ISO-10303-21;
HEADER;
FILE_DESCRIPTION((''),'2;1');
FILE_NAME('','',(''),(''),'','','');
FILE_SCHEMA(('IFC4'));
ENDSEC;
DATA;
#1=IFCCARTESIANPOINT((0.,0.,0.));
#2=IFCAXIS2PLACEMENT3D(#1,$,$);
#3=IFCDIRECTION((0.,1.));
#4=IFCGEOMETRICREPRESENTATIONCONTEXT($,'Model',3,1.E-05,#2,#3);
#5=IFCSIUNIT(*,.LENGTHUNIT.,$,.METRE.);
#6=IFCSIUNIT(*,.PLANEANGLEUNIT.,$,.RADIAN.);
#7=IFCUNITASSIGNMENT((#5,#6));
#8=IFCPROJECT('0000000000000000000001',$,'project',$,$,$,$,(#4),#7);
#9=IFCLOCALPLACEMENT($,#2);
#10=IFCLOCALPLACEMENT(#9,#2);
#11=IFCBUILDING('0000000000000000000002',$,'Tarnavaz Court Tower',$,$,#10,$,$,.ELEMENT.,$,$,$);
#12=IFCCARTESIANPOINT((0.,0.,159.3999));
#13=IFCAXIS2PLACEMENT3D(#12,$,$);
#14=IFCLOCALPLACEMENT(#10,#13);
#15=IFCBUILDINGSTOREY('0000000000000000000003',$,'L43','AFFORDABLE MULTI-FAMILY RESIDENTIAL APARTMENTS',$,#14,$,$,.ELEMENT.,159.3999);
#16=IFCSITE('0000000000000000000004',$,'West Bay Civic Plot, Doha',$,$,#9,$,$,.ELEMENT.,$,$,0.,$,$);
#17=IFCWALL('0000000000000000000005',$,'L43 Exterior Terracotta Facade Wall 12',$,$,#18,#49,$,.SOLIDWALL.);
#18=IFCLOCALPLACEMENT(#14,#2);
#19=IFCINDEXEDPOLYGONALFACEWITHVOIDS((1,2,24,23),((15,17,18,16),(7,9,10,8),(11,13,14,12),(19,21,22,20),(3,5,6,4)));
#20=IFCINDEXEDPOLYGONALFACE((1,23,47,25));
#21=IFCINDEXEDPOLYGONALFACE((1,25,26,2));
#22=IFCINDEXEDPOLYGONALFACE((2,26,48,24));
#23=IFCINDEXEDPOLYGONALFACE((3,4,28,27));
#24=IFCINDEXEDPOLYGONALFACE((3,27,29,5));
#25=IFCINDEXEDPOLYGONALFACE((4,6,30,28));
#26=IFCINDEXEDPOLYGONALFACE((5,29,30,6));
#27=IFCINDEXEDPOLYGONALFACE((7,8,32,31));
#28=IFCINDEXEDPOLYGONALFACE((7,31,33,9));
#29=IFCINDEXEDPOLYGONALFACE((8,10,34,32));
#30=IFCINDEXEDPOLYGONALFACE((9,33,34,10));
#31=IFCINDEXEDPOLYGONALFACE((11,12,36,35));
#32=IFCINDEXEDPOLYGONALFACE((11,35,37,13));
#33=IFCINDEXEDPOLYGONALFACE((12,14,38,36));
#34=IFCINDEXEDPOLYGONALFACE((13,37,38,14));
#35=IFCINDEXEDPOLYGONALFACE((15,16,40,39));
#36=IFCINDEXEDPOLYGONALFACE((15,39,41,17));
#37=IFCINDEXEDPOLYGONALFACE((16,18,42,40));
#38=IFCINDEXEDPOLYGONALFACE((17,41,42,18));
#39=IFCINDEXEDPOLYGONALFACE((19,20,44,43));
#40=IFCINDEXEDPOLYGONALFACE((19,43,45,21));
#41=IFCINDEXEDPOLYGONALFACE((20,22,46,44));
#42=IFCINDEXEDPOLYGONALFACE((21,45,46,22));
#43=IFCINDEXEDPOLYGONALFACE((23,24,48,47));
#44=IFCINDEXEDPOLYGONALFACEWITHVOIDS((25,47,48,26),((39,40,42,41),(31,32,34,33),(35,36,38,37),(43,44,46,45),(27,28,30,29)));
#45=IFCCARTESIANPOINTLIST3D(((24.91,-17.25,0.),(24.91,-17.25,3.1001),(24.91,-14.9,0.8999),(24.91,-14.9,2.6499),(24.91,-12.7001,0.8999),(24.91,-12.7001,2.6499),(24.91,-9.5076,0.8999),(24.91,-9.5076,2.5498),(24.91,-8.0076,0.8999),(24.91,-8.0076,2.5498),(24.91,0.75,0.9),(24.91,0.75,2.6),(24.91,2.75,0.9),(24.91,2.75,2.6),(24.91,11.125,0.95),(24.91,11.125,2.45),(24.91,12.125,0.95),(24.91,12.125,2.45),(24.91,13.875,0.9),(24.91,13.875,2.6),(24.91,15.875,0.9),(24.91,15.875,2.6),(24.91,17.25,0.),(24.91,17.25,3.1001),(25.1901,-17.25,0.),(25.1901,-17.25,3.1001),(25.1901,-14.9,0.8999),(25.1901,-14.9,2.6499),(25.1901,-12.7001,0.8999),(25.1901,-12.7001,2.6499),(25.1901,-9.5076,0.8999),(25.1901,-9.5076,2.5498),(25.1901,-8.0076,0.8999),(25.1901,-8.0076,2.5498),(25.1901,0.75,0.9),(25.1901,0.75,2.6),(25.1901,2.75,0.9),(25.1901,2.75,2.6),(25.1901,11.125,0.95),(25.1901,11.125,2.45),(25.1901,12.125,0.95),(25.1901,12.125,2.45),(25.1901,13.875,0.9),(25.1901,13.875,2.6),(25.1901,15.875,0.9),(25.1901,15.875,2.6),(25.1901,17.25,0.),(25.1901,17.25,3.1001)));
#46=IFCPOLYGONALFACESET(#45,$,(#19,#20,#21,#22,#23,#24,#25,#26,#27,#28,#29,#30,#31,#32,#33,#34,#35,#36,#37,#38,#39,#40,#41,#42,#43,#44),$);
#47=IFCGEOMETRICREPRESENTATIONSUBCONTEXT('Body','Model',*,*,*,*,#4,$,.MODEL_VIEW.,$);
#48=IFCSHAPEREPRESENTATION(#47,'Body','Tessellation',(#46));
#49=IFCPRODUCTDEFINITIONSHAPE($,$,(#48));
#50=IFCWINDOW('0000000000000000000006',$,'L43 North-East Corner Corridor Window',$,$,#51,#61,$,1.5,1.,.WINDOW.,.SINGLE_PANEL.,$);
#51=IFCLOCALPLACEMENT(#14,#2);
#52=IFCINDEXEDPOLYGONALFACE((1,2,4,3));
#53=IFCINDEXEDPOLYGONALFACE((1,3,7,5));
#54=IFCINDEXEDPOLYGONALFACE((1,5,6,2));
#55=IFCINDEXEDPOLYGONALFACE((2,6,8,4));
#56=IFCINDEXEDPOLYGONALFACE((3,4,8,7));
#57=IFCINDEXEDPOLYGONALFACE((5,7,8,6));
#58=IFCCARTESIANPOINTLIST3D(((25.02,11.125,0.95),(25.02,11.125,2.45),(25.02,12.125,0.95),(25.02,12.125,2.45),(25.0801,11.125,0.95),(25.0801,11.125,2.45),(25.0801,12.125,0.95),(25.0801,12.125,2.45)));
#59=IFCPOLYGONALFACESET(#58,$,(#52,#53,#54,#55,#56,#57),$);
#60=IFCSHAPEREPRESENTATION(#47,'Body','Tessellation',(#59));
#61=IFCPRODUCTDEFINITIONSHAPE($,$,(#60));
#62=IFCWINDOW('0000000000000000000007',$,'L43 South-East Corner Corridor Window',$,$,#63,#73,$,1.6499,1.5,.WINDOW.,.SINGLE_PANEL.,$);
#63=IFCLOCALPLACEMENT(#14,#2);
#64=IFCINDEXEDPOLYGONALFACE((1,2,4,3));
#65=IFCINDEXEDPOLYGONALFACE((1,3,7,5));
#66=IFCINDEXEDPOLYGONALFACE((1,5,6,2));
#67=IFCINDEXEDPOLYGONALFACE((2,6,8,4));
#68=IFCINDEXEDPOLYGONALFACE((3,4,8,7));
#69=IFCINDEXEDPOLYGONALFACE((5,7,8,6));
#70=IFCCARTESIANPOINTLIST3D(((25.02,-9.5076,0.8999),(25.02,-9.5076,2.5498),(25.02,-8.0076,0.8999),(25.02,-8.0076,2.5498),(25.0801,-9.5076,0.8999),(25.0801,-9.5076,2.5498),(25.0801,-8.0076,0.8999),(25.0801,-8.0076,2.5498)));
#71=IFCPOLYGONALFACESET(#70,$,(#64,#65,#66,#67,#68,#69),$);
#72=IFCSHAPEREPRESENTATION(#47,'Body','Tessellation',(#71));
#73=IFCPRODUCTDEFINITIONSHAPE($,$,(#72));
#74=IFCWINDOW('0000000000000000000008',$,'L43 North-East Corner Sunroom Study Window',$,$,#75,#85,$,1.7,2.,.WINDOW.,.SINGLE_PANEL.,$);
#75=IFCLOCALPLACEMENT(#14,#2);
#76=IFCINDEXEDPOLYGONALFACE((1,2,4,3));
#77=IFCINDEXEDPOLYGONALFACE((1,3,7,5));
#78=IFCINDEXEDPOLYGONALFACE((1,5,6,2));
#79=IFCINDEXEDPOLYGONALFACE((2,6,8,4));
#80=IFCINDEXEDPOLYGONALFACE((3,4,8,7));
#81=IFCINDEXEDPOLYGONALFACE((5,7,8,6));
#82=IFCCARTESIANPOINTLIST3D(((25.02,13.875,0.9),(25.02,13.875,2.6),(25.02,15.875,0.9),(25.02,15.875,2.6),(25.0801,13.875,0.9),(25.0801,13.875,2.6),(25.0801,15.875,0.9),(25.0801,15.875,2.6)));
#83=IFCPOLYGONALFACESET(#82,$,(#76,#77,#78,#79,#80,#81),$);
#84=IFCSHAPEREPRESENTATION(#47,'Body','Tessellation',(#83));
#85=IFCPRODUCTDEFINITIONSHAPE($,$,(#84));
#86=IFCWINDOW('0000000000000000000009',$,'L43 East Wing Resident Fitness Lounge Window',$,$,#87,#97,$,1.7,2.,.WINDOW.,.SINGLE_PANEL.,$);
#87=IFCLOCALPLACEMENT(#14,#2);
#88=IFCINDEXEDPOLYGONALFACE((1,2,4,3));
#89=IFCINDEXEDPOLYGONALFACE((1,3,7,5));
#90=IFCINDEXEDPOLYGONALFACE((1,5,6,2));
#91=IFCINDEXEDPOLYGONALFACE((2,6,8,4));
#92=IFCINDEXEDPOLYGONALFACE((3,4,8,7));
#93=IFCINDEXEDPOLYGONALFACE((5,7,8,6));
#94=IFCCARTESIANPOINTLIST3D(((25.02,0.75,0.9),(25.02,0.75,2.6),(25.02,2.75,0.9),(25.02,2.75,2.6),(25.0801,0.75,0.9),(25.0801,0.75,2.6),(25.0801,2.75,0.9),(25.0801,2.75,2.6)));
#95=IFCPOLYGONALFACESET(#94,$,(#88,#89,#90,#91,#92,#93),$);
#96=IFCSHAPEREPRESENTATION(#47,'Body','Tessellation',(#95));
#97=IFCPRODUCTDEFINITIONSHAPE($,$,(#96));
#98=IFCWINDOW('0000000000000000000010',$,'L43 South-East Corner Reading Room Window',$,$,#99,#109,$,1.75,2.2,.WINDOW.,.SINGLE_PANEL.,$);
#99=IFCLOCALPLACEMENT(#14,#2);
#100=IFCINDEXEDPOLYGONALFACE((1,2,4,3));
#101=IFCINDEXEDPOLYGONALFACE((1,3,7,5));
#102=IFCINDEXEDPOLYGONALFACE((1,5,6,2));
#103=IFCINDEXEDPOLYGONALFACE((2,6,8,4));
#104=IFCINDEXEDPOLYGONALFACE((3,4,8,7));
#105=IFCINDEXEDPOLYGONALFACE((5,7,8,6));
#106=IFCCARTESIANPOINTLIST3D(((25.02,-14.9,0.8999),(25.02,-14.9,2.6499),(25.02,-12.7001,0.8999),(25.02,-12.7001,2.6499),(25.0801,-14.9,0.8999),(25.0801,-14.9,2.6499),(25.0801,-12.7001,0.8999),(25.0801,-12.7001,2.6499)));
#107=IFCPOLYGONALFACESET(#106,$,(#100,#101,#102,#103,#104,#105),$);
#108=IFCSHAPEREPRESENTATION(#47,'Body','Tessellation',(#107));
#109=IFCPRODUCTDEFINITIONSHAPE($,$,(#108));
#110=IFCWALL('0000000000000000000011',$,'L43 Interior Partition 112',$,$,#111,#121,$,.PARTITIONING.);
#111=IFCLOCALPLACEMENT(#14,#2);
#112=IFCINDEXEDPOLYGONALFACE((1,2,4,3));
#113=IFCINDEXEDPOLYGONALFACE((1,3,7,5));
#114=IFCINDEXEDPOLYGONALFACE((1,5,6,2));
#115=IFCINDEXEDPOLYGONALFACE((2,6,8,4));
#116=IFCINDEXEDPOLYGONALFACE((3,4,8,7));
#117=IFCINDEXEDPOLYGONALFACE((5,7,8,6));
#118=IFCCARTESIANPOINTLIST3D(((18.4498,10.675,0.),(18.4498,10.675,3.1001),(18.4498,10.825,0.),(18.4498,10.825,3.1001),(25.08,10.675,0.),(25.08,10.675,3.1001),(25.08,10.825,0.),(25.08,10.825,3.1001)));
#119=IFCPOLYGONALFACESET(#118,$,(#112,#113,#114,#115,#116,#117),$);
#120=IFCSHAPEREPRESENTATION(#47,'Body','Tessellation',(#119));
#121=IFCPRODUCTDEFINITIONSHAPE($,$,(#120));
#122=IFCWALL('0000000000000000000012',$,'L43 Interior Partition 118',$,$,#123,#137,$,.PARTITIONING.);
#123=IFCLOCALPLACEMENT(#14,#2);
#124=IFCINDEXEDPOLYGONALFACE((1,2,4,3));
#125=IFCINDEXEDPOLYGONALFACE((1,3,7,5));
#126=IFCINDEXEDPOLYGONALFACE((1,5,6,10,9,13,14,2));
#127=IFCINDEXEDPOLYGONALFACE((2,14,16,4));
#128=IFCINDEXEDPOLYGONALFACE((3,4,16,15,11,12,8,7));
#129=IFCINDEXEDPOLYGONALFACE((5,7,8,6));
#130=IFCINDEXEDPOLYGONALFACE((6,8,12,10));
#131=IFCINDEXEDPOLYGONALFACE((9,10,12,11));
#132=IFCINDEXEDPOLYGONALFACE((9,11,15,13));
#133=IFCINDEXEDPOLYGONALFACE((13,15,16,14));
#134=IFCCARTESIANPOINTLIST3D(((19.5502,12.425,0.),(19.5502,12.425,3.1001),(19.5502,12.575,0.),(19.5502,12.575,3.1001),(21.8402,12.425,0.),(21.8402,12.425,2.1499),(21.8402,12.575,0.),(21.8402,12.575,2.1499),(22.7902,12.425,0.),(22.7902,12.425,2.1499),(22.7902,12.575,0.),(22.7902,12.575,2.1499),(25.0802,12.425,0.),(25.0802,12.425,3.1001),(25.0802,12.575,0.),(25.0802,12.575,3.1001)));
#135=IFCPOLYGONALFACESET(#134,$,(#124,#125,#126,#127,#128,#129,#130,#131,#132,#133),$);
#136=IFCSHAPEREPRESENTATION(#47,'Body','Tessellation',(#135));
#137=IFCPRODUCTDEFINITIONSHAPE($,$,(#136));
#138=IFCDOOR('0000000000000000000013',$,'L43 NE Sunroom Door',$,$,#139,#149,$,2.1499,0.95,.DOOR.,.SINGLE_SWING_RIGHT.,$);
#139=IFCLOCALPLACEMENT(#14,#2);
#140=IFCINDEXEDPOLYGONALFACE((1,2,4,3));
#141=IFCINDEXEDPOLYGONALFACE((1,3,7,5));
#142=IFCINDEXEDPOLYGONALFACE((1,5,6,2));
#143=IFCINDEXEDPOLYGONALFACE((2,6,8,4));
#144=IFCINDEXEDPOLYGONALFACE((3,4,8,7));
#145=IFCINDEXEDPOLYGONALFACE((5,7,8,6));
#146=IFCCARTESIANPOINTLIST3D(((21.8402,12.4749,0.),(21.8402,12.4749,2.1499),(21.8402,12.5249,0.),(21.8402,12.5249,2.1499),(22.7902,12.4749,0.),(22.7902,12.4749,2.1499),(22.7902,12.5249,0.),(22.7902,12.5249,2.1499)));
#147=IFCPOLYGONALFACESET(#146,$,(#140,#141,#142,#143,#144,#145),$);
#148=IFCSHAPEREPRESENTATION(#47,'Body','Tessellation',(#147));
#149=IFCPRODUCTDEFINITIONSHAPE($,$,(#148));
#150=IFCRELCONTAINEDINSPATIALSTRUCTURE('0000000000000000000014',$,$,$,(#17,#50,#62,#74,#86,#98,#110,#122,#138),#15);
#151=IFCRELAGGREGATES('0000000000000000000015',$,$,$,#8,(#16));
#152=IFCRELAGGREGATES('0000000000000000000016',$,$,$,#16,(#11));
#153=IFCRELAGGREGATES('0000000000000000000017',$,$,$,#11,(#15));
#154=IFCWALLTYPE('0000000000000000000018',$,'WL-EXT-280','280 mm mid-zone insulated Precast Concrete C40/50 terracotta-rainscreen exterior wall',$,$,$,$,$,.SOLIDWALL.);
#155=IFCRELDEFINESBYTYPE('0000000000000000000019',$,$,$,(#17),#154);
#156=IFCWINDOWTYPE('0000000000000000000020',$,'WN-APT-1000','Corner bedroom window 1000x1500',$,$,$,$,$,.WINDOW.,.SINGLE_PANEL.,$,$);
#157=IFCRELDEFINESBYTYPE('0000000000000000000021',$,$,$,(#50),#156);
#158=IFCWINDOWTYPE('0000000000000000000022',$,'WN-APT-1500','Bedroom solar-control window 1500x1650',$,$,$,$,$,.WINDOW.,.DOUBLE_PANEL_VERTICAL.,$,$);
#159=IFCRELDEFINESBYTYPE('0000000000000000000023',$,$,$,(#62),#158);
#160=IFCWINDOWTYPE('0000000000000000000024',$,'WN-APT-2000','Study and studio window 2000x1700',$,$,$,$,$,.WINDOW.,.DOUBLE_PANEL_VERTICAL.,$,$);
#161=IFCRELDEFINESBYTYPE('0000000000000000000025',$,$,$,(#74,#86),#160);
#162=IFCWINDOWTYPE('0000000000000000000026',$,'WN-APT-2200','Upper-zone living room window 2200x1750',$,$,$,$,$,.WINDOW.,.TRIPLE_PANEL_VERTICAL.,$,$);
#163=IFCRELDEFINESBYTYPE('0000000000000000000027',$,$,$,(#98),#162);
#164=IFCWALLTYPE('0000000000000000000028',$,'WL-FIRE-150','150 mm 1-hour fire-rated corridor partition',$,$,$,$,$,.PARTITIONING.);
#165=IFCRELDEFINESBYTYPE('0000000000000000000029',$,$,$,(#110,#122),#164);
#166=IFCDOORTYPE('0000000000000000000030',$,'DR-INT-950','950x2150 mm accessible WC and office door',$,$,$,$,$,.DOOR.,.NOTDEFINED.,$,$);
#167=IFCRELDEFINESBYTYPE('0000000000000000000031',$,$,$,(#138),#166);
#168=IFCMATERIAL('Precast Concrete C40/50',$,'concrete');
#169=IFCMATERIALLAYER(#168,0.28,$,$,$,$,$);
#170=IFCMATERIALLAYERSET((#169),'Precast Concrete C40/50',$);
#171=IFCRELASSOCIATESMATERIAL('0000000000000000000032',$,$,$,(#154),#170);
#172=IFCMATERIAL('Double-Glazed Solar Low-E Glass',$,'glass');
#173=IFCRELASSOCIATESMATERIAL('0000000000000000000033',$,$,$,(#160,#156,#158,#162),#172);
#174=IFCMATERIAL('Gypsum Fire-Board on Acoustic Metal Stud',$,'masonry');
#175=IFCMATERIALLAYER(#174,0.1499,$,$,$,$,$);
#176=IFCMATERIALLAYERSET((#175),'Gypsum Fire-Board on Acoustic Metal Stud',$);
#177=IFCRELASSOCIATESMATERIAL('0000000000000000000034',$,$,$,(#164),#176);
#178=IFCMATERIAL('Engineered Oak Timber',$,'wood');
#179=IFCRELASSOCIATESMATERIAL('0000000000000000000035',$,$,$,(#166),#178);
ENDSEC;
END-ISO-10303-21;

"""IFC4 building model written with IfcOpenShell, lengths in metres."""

from ifc_helpers import new_model, si_unit, direction, frame, frame_2d, origin, place, context, subcontext, project, spatial, rectangle, extrude, material, layer, layer_set, type_object, element, fill, save


model = new_model("IFC4")

# Units and contexts
model_context = context("Model", 3, precision=1e-05, world=origin(), true_north=direction((0.0, 1.0)))
body_context = subcontext(model_context, "Body", "Model", "MODEL_VIEW")
ifc_project = project(units=[si_unit("LENGTHUNIT", "METRE"), si_unit("PLANEANGLEUNIT", "RADIAN")], contexts=[model_context])

# Site, building, storey
site_placement = place(None, origin())
site = spatial("IfcSite", under=ifc_project, at=site_placement, Name="West Bay Civic Plot, Doha", CompositionType="ELEMENT", RefElevation=0.0)
building_placement = place(site_placement, origin())
building = spatial("IfcBuilding", under=site, at=building_placement, Name="Tarnavaz Court Tower", CompositionType="ELEMENT")
storey_placement = place(building_placement, frame((0.0, 0.0, 159.3999)))
storey = spatial("IfcBuildingStorey", under=building, at=storey_placement, Name="L43", Description="AFFORDABLE MULTI-FAMILY RESIDENTIAL APARTMENTS", CompositionType="ELEMENT", Elevation=159.3999)

# Shared definitions
ifc_material_1 = material(Name="Precast Concrete C40/50", Category="concrete")
ifc_layer_1 = layer(ifc_material_1, 0.28)
ifc_layer_set_1 = layer_set([ifc_layer_1], Name="Precast Concrete C40/50")
wall_type_1 = type_object("IfcWallType", Name="WL-EXT-280", Description="280 mm mid-zone insulated Precast Concrete C40/50 terracotta-rainscreen exterior wall", PredefinedType="SOLIDWALL", material=ifc_layer_set_1)
ifc_material_2 = material(Name="Double-Glazed Solar Low-E Glass", Category="glass")
window_type_1 = type_object("IfcWindowType", Name="WN-APT-2000", Description="Study and studio window 2000x1700", PartitioningType="DOUBLE_PANEL_VERTICAL", PredefinedType="WINDOW", material=ifc_material_2)

# Wall, openings, windows
wall_1_placement = place(storey_placement, frame((25.05, 17.25, 0.0), z_axis=(0.0, 0.0, 1.0), x_axis=(0.0, -1.0, 0.0)))
wall_1 = element("IfcWall", 1, at=wall_1_placement, inside=storey, type_object=wall_type_1, Name="L43 Exterior Terracotta Facade Wall 12", PredefinedType="SOLIDWALL", context=body_context, shape_type="SweptSolid", body=[
    extrude(rectangle(XDim=34.5, YDim=0.28, at=frame_2d((17.25, 0.0))), origin(), (0.0, 0.0, 1.0), 3.1001),
])
opening_1_placement = place(wall_1_placement, frame((1.375, 0.0, 0.8999)))
opening_1 = element("IfcOpeningElement", 2, at=opening_1_placement, cuts=wall_1, PredefinedType="OPENING", context=body_context, shape_type="SweptSolid", body=[
    extrude(rectangle(XDim=2.0, YDim=1.7, at=frame_2d((1.0, 0.8501))), frame((0.0, 0.1499, 0.0), z_axis=(0.0, -1.0, 0.0), x_axis=(1.0, 0.0, 0.0)), (0.0, 0.0, 1.0), 0.3),
])
opening_2_placement = place(wall_1_placement, frame((5.125, 0.0, 0.95)))
opening_2 = element("IfcOpeningElement", 3, at=opening_2_placement, cuts=wall_1, PredefinedType="OPENING", context=body_context, shape_type="SweptSolid", body=[
    extrude(rectangle(XDim=1.0, YDim=1.5, at=frame_2d((0.5, 0.75))), frame((0.0, 0.1499, 0.0), z_axis=(0.0, -1.0, 0.0), x_axis=(1.0, 0.0, 0.0)), (0.0, 0.0, 1.0), 0.3),
])
opening_3_placement = place(wall_1_placement, frame((14.5, 0.0, 0.8999)))
opening_3 = element("IfcOpeningElement", 4, at=opening_3_placement, cuts=wall_1, PredefinedType="OPENING", context=body_context, shape_type="SweptSolid", body=[
    extrude(rectangle(XDim=2.0, YDim=1.7, at=frame_2d((1.0, 0.8501))), frame((0.0, 0.1499, 0.0), z_axis=(0.0, -1.0, 0.0), x_axis=(1.0, 0.0, 0.0)), (0.0, 0.0, 1.0), 0.3),
])
opening_4_placement = place(wall_1_placement, frame((25.2576, 0.0, 0.8999)))
opening_4 = element("IfcOpeningElement", 5, at=opening_4_placement, cuts=wall_1, PredefinedType="OPENING", context=body_context, shape_type="SweptSolid", body=[
    extrude(rectangle(XDim=1.5, YDim=1.6499, at=frame_2d((0.75, 0.825))), frame((0.0, 0.1499, 0.0), z_axis=(0.0, -1.0, 0.0), x_axis=(1.0, 0.0, 0.0)), (0.0, 0.0, 1.0), 0.3),
])
opening_5_placement = place(wall_1_placement, frame((29.95, 0.0, 0.8999)))
opening_5 = element("IfcOpeningElement", 6, at=opening_5_placement, cuts=wall_1, PredefinedType="OPENING", context=body_context, shape_type="SweptSolid", body=[
    extrude(rectangle(XDim=2.2, YDim=1.75, at=frame_2d((1.1001, 0.875))), frame((0.0, 0.1499, 0.0), z_axis=(0.0, -1.0, 0.0), x_axis=(1.0, 0.0, 0.0)), (0.0, 0.0, 1.0), 0.3),
])
window_type_2 = type_object("IfcWindowType", Name="WN-APT-1000", Description="Corner bedroom window 1000x1500", PartitioningType="SINGLE_PANEL", PredefinedType="WINDOW", material=ifc_material_2)
window_1_placement = place(opening_2_placement, origin())
window_1 = element("IfcWindow", 7, at=window_1_placement, inside=storey, type_object=window_type_2, Name="L43 North-East Corner Corridor Window", OverallHeight=1.5, OverallWidth=1.0, PartitioningType="SINGLE_PANEL", PredefinedType="WINDOW", context=body_context, shape_type="SweptSolid", body=[
    extrude(rectangle(XDim=1.0, YDim=1.5, at=frame_2d((0.5, 0.75))), frame((0.0, 0.03, 0.0), z_axis=(0.0, -1.0, 0.0), x_axis=(1.0, 0.0, 0.0)), (0.0, 0.0, 1.0), 0.0601),
])
fill(opening_2, window_1)
window_type_3 = type_object("IfcWindowType", Name="WN-APT-1500", Description="Bedroom solar-control window 1500x1650", PartitioningType="DOUBLE_PANEL_VERTICAL", PredefinedType="WINDOW", material=ifc_material_2)
window_2_placement = place(opening_4_placement, origin())
window_2 = element("IfcWindow", 8, at=window_2_placement, inside=storey, type_object=window_type_3, Name="L43 South-East Corner Corridor Window", OverallHeight=1.6499, OverallWidth=1.5, PartitioningType="SINGLE_PANEL", PredefinedType="WINDOW", context=body_context, shape_type="SweptSolid", body=[
    extrude(rectangle(XDim=1.5, YDim=1.6499, at=frame_2d((0.75, 0.825))), frame((0.0, 0.03, 0.0), z_axis=(0.0, -1.0, 0.0), x_axis=(1.0, 0.0, 0.0)), (0.0, 0.0, 1.0), 0.0601),
])
fill(opening_4, window_2)
window_3_placement = place(opening_1_placement, origin())
window_3 = element("IfcWindow", 9, at=window_3_placement, inside=storey, type_object=window_type_1, Name="L43 North-East Corner Sunroom Study Window", OverallHeight=1.7, OverallWidth=2.0, PartitioningType="SINGLE_PANEL", PredefinedType="WINDOW", context=body_context, shape_type="SweptSolid", body=[
    extrude(rectangle(XDim=2.0, YDim=1.7, at=frame_2d((1.0, 0.8501))), frame((0.0, 0.03, 0.0), z_axis=(0.0, -1.0, 0.0), x_axis=(1.0, 0.0, 0.0)), (0.0, 0.0, 1.0), 0.0601),
])
fill(opening_1, window_3)
window_4_placement = place(opening_3_placement, origin())
window_4 = element("IfcWindow", 10, at=window_4_placement, inside=storey, type_object=window_type_1, Name="L43 East Wing Resident Fitness Lounge Window", OverallHeight=1.7, OverallWidth=2.0, PartitioningType="SINGLE_PANEL", PredefinedType="WINDOW", context=body_context, shape_type="SweptSolid", body=[
    extrude(rectangle(XDim=2.0, YDim=1.7, at=frame_2d((1.0, 0.8501))), frame((0.0, 0.03, 0.0), z_axis=(0.0, -1.0, 0.0), x_axis=(1.0, 0.0, 0.0)), (0.0, 0.0, 1.0), 0.0601),
])
fill(opening_3, window_4)
window_type_4 = type_object("IfcWindowType", Name="WN-APT-2200", Description="Upper-zone living room window 2200x1750", PartitioningType="TRIPLE_PANEL_VERTICAL", PredefinedType="WINDOW", material=ifc_material_2)
window_5_placement = place(opening_5_placement, origin())
window_5 = element("IfcWindow", 11, at=window_5_placement, inside=storey, type_object=window_type_4, Name="L43 South-East Corner Reading Room Window", OverallHeight=1.75, OverallWidth=2.2, PartitioningType="SINGLE_PANEL", PredefinedType="WINDOW", context=body_context, shape_type="SweptSolid", body=[
    extrude(rectangle(XDim=2.2, YDim=1.75, at=frame_2d((1.1001, 0.875))), frame((0.0, 0.03, 0.0), z_axis=(0.0, -1.0, 0.0), x_axis=(1.0, 0.0, 0.0)), (0.0, 0.0, 1.0), 0.0601),
])
fill(opening_5, window_5)

# Wall
ifc_material_3 = material(Name="Gypsum Fire-Board on Acoustic Metal Stud", Category="masonry")
ifc_layer_2 = layer(ifc_material_3, 0.1499)
ifc_layer_set_2 = layer_set([ifc_layer_2], Name="Gypsum Fire-Board on Acoustic Metal Stud")
wall_type_2 = type_object("IfcWallType", Name="WL-FIRE-150", Description="150 mm 1-hour fire-rated corridor partition", PredefinedType="PARTITIONING", material=ifc_layer_set_2)
wall_2_placement = place(storey_placement, frame((18.45, 10.75, 0.0), z_axis=(0.0, 0.0, 1.0), x_axis=(1.0, 0.0, 0.0)))
element("IfcWall", 12, at=wall_2_placement, inside=storey, type_object=wall_type_2, Name="L43 Interior Partition 112", PredefinedType="PARTITIONING", context=body_context, shape_type="SweptSolid", body=[
    extrude(rectangle(XDim=6.6301, YDim=0.1499, at=frame_2d((3.3149, 0.0))), origin(), (0.0, 0.0, 1.0), 3.1001),
])

# Wall, opening, door
wall_3_placement = place(storey_placement, frame((19.55, 12.5, 0.0), z_axis=(0.0, 0.0, 1.0), x_axis=(1.0, 0.0, 0.0)))
wall_3 = element("IfcWall", 13, at=wall_3_placement, inside=storey, type_object=wall_type_2, Name="L43 Interior Partition 118", PredefinedType="PARTITIONING", context=body_context, shape_type="SweptSolid", body=[
    extrude(rectangle(XDim=5.53, YDim=0.1499, at=frame_2d((2.7651, 0.0))), origin(), (0.0, 0.0, 1.0), 3.1001),
])
opening_6_placement = place(wall_3_placement, frame((2.29, 0.0, 0.0)))
opening_6 = element("IfcOpeningElement", 14, at=opening_6_placement, cuts=wall_3, PredefinedType="OPENING", context=body_context, shape_type="SweptSolid", body=[
    extrude(rectangle(XDim=0.95, YDim=2.1499, at=frame_2d((0.4751, 1.075))), frame((0.0, 0.085, 0.0), z_axis=(0.0, -1.0, 0.0), x_axis=(1.0, 0.0, 0.0)), (0.0, 0.0, 1.0), 0.1699),
])
ifc_material_4 = material(Name="Engineered Oak Timber", Category="wood")
door_type_1 = type_object("IfcDoorType", Name="DR-INT-950", Description="950x2150 mm accessible WC and office door", OperationType="NOTDEFINED", PredefinedType="DOOR", material=ifc_material_4)
door_1_placement = place(opening_6_placement, origin())
door_1 = element("IfcDoor", 15, at=door_1_placement, inside=storey, type_object=door_type_1, Name="L43 NE Sunroom Door", OperationType="SINGLE_SWING_RIGHT", OverallHeight=2.1499, OverallWidth=0.95, PredefinedType="DOOR", context=body_context, shape_type="SweptSolid", body=[
    extrude(rectangle(XDim=0.95, YDim=2.1499, at=frame_2d((0.4751, 1.075))), frame((0.0, 0.0249, 0.0), z_axis=(0.0, -1.0, 0.0), x_axis=(1.0, 0.0, 0.0)), (0.0, 0.0, 1.0), 0.05),
])
fill(opening_6, door_1)

save(model, "model.ifc")
